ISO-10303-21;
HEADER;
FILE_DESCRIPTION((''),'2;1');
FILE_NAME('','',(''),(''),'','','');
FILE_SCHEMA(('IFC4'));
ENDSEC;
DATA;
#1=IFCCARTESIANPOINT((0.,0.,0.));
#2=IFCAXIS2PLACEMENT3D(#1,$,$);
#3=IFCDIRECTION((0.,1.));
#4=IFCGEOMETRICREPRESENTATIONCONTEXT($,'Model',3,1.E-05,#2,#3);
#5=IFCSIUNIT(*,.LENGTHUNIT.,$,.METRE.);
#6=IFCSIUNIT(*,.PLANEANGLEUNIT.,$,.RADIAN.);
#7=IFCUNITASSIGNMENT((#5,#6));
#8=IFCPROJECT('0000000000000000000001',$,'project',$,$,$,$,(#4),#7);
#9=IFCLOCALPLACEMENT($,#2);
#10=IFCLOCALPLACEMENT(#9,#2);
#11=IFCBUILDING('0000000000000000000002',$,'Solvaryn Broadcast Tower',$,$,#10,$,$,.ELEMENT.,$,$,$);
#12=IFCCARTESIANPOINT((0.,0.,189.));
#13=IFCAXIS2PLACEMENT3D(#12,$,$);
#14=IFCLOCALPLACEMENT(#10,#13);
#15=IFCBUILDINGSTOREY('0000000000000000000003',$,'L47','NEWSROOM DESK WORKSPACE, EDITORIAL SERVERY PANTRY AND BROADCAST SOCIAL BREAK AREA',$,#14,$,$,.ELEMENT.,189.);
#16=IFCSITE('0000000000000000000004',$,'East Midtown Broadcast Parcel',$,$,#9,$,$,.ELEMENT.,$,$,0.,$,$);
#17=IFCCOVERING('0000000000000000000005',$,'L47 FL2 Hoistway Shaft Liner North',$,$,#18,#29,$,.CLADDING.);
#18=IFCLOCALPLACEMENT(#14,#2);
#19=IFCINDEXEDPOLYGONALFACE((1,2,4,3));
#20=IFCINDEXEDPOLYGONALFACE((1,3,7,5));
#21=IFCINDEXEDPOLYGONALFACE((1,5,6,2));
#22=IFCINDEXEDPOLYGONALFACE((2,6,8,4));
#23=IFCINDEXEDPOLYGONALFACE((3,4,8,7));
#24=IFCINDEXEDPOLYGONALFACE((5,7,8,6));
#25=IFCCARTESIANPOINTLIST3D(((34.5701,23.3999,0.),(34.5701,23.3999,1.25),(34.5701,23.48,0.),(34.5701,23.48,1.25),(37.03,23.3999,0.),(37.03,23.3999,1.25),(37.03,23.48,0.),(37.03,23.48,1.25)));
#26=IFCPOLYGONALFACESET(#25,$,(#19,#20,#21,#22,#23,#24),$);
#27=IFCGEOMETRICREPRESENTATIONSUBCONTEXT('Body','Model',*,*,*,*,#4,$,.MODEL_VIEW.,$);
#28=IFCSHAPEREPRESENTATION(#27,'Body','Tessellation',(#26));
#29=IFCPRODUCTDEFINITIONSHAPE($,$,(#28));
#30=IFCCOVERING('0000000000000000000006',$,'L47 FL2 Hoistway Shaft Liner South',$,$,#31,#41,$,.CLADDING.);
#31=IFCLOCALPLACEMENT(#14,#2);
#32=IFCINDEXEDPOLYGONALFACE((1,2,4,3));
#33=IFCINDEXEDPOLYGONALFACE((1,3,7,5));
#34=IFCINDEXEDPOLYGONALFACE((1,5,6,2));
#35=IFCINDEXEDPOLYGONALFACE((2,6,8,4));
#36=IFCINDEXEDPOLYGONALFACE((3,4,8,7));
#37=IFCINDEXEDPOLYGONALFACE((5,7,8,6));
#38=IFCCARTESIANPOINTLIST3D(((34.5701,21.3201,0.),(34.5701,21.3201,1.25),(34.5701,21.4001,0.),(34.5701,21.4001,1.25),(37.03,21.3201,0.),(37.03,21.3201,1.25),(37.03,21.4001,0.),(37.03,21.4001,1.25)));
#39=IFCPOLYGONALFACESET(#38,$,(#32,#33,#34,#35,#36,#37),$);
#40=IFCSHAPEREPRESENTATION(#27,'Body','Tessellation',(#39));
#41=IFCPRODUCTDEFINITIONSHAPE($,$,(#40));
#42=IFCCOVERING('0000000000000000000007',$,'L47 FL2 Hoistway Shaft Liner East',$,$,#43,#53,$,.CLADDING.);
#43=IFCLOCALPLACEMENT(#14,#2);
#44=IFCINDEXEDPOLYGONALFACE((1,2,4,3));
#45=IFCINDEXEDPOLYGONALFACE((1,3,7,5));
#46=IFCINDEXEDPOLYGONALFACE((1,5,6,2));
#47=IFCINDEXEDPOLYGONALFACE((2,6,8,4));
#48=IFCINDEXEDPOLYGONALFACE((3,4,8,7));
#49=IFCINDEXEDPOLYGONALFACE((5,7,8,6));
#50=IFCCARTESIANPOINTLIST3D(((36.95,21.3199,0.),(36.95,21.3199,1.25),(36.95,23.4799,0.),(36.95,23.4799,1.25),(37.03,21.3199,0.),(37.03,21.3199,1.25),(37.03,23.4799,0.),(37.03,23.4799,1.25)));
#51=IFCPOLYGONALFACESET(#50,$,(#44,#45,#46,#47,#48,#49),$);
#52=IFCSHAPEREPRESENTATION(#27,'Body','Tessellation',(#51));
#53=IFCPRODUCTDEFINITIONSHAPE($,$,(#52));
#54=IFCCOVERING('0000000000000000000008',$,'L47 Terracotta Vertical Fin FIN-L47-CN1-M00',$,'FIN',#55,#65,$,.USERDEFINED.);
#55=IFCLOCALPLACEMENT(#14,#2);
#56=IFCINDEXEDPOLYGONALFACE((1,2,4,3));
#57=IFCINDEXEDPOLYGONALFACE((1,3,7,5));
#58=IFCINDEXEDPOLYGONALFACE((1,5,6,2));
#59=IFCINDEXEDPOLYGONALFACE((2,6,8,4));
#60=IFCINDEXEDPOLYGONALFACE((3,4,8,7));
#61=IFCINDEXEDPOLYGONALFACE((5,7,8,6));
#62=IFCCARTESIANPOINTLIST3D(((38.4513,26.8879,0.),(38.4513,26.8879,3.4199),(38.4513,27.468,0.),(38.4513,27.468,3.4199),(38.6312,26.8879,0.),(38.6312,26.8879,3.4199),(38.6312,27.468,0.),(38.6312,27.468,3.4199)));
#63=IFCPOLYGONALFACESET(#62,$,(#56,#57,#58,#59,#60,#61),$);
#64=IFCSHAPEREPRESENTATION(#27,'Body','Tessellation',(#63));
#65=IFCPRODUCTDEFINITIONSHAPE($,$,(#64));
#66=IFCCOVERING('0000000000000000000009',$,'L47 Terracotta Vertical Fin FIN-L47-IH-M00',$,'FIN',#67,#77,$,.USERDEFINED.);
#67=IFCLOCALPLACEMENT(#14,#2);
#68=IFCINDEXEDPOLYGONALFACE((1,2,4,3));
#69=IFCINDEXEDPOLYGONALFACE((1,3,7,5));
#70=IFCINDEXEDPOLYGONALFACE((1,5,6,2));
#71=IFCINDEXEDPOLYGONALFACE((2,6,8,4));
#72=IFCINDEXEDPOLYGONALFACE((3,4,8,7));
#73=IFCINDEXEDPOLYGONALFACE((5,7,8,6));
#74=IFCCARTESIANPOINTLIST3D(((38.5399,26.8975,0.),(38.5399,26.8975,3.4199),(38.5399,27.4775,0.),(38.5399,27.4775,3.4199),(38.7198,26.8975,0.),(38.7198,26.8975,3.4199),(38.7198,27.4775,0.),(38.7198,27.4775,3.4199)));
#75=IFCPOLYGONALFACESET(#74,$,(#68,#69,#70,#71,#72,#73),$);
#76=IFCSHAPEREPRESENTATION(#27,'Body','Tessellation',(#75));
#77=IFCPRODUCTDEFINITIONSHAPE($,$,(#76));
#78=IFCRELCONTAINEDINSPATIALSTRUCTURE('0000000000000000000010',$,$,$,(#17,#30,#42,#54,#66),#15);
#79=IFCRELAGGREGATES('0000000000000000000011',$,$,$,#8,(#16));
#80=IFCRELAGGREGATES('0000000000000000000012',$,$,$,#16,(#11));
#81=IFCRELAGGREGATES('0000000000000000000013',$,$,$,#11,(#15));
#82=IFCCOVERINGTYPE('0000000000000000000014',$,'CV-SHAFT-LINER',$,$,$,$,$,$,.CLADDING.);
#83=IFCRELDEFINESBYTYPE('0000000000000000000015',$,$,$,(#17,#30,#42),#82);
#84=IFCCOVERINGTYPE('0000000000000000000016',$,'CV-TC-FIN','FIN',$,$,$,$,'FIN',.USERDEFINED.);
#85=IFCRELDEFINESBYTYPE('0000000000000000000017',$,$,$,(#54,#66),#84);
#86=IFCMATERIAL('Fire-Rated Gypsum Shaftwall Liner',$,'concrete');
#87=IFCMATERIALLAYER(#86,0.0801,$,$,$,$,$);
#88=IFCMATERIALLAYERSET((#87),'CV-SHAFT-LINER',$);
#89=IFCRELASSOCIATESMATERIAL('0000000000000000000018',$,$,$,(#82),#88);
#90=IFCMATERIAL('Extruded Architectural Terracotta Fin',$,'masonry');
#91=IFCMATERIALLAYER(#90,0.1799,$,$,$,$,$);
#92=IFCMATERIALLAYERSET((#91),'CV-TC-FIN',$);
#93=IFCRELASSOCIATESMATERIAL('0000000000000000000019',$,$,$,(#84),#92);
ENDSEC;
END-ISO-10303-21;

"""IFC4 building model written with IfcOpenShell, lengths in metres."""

from ifc_helpers import new_model, si_unit, direction, frame, origin, origin_2d, place, context, subcontext, project, spatial, rectangle, extrude, material, layer, layer_set, type_object, element, save


model = new_model("IFC4")

# Units and contexts
model_context = context("Model", 3, precision=1e-05, world=origin(), true_north=direction((0.0, 1.0)))
body_context = subcontext(model_context, "Body", "Model", "MODEL_VIEW")
ifc_project = project(units=[si_unit("LENGTHUNIT", "METRE"), si_unit("PLANEANGLEUNIT", "RADIAN")], contexts=[model_context])

# Site, building, storey
site_placement = place(None, origin())
site = spatial("IfcSite", under=ifc_project, at=site_placement, Name="East Midtown Broadcast Parcel", CompositionType="ELEMENT", RefElevation=0.0)
building_placement = place(site_placement, origin())
building = spatial("IfcBuilding", under=site, at=building_placement, Name="Solvaryn Broadcast Tower", CompositionType="ELEMENT")
storey_placement = place(building_placement, frame((0.0, 0.0, 189.0)))
storey = spatial("IfcBuildingStorey", under=building, at=storey_placement, Name="L47", Description="NEWSROOM DESK WORKSPACE, EDITORIAL SERVERY PANTRY AND BROADCAST SOCIAL BREAK AREA", CompositionType="ELEMENT", Elevation=189.0)

# Coverings
ifc_material_1 = material(Name="Fire-Rated Gypsum Shaftwall Liner", Category="concrete")
ifc_layer_1 = layer(ifc_material_1, 0.0801)
ifc_layer_set_1 = layer_set([ifc_layer_1], Name="CV-SHAFT-LINER")
covering_type_1 = type_object("IfcCoveringType", Name="CV-SHAFT-LINER", PredefinedType="CLADDING", material=ifc_layer_set_1)
for number, where, z_axis, x_axis, name in (
    (1, (35.8, 23.4399, 0.0), (0.0, 0.0, 1.0), (1.0, 0.0, 0.0), "L47 FL2 Hoistway Shaft Liner North"),
    (2, (35.8, 21.3601, 0.0), (0.0, 0.0, 1.0), (1.0, 0.0, 0.0), "L47 FL2 Hoistway Shaft Liner South"),
):
    element("IfcCovering", number, at=place(storey_placement, frame(where, z_axis=z_axis, x_axis=x_axis)), inside=storey, type_object=covering_type_1, Name=name, PredefinedType="CLADDING", context=body_context, shape_type="SweptSolid", body=[
        extrude(rectangle(XDim=2.46, YDim=0.0801, at=origin_2d()), origin(), (0.0, 0.0, 1.0), 1.25),
    ])
covering_placement = place(storey_placement, frame((36.99, 22.3999, 0.0), z_axis=(0.0, 0.0, 1.0), x_axis=(1.0, 0.0, 0.0)))
element("IfcCovering", 3, at=covering_placement, inside=storey, type_object=covering_type_1, Name="L47 FL2 Hoistway Shaft Liner East", PredefinedType="CLADDING", context=body_context, shape_type="SweptSolid", body=[
    extrude(rectangle(XDim=0.0801, YDim=2.1599, at=origin_2d()), origin(), (0.0, 0.0, 1.0), 1.25),
])
ifc_material_2 = material(Name="Extruded Architectural Terracotta Fin", Category="masonry")
ifc_layer_2 = layer(ifc_material_2, 0.1799)
ifc_layer_set_2 = layer_set([ifc_layer_2], Name="CV-TC-FIN")
covering_type_2 = type_object("IfcCoveringType", Name="CV-TC-FIN", Description="FIN", ElementType="FIN", PredefinedType="USERDEFINED", material=ifc_layer_set_2)
for number, where, z_axis, x_axis, name in (
    (4, (38.5413, 27.178, 0.0), (0.0, 0.0, 1.0), (1.0, 0.0, 0.0), "L47 Terracotta Vertical Fin FIN-L47-CN1-M00"),
    (5, (38.6299, 27.1875, 0.0), (0.0, 0.0, 1.0), (1.0, 0.0, 0.0), "L47 Terracotta Vertical Fin FIN-L47-IH-M00"),
):
    element("IfcCovering", number, at=place(storey_placement, frame(where, z_axis=z_axis, x_axis=x_axis)), inside=storey, type_object=covering_type_2, Name=name, ObjectType="FIN", PredefinedType="USERDEFINED", context=body_context, shape_type="SweptSolid", body=[
        extrude(rectangle(XDim=0.1799, YDim=0.5801, at=origin_2d()), origin(), (0.0, 0.0, 1.0), 3.4199),
    ])

save(model, "model.ifc")
